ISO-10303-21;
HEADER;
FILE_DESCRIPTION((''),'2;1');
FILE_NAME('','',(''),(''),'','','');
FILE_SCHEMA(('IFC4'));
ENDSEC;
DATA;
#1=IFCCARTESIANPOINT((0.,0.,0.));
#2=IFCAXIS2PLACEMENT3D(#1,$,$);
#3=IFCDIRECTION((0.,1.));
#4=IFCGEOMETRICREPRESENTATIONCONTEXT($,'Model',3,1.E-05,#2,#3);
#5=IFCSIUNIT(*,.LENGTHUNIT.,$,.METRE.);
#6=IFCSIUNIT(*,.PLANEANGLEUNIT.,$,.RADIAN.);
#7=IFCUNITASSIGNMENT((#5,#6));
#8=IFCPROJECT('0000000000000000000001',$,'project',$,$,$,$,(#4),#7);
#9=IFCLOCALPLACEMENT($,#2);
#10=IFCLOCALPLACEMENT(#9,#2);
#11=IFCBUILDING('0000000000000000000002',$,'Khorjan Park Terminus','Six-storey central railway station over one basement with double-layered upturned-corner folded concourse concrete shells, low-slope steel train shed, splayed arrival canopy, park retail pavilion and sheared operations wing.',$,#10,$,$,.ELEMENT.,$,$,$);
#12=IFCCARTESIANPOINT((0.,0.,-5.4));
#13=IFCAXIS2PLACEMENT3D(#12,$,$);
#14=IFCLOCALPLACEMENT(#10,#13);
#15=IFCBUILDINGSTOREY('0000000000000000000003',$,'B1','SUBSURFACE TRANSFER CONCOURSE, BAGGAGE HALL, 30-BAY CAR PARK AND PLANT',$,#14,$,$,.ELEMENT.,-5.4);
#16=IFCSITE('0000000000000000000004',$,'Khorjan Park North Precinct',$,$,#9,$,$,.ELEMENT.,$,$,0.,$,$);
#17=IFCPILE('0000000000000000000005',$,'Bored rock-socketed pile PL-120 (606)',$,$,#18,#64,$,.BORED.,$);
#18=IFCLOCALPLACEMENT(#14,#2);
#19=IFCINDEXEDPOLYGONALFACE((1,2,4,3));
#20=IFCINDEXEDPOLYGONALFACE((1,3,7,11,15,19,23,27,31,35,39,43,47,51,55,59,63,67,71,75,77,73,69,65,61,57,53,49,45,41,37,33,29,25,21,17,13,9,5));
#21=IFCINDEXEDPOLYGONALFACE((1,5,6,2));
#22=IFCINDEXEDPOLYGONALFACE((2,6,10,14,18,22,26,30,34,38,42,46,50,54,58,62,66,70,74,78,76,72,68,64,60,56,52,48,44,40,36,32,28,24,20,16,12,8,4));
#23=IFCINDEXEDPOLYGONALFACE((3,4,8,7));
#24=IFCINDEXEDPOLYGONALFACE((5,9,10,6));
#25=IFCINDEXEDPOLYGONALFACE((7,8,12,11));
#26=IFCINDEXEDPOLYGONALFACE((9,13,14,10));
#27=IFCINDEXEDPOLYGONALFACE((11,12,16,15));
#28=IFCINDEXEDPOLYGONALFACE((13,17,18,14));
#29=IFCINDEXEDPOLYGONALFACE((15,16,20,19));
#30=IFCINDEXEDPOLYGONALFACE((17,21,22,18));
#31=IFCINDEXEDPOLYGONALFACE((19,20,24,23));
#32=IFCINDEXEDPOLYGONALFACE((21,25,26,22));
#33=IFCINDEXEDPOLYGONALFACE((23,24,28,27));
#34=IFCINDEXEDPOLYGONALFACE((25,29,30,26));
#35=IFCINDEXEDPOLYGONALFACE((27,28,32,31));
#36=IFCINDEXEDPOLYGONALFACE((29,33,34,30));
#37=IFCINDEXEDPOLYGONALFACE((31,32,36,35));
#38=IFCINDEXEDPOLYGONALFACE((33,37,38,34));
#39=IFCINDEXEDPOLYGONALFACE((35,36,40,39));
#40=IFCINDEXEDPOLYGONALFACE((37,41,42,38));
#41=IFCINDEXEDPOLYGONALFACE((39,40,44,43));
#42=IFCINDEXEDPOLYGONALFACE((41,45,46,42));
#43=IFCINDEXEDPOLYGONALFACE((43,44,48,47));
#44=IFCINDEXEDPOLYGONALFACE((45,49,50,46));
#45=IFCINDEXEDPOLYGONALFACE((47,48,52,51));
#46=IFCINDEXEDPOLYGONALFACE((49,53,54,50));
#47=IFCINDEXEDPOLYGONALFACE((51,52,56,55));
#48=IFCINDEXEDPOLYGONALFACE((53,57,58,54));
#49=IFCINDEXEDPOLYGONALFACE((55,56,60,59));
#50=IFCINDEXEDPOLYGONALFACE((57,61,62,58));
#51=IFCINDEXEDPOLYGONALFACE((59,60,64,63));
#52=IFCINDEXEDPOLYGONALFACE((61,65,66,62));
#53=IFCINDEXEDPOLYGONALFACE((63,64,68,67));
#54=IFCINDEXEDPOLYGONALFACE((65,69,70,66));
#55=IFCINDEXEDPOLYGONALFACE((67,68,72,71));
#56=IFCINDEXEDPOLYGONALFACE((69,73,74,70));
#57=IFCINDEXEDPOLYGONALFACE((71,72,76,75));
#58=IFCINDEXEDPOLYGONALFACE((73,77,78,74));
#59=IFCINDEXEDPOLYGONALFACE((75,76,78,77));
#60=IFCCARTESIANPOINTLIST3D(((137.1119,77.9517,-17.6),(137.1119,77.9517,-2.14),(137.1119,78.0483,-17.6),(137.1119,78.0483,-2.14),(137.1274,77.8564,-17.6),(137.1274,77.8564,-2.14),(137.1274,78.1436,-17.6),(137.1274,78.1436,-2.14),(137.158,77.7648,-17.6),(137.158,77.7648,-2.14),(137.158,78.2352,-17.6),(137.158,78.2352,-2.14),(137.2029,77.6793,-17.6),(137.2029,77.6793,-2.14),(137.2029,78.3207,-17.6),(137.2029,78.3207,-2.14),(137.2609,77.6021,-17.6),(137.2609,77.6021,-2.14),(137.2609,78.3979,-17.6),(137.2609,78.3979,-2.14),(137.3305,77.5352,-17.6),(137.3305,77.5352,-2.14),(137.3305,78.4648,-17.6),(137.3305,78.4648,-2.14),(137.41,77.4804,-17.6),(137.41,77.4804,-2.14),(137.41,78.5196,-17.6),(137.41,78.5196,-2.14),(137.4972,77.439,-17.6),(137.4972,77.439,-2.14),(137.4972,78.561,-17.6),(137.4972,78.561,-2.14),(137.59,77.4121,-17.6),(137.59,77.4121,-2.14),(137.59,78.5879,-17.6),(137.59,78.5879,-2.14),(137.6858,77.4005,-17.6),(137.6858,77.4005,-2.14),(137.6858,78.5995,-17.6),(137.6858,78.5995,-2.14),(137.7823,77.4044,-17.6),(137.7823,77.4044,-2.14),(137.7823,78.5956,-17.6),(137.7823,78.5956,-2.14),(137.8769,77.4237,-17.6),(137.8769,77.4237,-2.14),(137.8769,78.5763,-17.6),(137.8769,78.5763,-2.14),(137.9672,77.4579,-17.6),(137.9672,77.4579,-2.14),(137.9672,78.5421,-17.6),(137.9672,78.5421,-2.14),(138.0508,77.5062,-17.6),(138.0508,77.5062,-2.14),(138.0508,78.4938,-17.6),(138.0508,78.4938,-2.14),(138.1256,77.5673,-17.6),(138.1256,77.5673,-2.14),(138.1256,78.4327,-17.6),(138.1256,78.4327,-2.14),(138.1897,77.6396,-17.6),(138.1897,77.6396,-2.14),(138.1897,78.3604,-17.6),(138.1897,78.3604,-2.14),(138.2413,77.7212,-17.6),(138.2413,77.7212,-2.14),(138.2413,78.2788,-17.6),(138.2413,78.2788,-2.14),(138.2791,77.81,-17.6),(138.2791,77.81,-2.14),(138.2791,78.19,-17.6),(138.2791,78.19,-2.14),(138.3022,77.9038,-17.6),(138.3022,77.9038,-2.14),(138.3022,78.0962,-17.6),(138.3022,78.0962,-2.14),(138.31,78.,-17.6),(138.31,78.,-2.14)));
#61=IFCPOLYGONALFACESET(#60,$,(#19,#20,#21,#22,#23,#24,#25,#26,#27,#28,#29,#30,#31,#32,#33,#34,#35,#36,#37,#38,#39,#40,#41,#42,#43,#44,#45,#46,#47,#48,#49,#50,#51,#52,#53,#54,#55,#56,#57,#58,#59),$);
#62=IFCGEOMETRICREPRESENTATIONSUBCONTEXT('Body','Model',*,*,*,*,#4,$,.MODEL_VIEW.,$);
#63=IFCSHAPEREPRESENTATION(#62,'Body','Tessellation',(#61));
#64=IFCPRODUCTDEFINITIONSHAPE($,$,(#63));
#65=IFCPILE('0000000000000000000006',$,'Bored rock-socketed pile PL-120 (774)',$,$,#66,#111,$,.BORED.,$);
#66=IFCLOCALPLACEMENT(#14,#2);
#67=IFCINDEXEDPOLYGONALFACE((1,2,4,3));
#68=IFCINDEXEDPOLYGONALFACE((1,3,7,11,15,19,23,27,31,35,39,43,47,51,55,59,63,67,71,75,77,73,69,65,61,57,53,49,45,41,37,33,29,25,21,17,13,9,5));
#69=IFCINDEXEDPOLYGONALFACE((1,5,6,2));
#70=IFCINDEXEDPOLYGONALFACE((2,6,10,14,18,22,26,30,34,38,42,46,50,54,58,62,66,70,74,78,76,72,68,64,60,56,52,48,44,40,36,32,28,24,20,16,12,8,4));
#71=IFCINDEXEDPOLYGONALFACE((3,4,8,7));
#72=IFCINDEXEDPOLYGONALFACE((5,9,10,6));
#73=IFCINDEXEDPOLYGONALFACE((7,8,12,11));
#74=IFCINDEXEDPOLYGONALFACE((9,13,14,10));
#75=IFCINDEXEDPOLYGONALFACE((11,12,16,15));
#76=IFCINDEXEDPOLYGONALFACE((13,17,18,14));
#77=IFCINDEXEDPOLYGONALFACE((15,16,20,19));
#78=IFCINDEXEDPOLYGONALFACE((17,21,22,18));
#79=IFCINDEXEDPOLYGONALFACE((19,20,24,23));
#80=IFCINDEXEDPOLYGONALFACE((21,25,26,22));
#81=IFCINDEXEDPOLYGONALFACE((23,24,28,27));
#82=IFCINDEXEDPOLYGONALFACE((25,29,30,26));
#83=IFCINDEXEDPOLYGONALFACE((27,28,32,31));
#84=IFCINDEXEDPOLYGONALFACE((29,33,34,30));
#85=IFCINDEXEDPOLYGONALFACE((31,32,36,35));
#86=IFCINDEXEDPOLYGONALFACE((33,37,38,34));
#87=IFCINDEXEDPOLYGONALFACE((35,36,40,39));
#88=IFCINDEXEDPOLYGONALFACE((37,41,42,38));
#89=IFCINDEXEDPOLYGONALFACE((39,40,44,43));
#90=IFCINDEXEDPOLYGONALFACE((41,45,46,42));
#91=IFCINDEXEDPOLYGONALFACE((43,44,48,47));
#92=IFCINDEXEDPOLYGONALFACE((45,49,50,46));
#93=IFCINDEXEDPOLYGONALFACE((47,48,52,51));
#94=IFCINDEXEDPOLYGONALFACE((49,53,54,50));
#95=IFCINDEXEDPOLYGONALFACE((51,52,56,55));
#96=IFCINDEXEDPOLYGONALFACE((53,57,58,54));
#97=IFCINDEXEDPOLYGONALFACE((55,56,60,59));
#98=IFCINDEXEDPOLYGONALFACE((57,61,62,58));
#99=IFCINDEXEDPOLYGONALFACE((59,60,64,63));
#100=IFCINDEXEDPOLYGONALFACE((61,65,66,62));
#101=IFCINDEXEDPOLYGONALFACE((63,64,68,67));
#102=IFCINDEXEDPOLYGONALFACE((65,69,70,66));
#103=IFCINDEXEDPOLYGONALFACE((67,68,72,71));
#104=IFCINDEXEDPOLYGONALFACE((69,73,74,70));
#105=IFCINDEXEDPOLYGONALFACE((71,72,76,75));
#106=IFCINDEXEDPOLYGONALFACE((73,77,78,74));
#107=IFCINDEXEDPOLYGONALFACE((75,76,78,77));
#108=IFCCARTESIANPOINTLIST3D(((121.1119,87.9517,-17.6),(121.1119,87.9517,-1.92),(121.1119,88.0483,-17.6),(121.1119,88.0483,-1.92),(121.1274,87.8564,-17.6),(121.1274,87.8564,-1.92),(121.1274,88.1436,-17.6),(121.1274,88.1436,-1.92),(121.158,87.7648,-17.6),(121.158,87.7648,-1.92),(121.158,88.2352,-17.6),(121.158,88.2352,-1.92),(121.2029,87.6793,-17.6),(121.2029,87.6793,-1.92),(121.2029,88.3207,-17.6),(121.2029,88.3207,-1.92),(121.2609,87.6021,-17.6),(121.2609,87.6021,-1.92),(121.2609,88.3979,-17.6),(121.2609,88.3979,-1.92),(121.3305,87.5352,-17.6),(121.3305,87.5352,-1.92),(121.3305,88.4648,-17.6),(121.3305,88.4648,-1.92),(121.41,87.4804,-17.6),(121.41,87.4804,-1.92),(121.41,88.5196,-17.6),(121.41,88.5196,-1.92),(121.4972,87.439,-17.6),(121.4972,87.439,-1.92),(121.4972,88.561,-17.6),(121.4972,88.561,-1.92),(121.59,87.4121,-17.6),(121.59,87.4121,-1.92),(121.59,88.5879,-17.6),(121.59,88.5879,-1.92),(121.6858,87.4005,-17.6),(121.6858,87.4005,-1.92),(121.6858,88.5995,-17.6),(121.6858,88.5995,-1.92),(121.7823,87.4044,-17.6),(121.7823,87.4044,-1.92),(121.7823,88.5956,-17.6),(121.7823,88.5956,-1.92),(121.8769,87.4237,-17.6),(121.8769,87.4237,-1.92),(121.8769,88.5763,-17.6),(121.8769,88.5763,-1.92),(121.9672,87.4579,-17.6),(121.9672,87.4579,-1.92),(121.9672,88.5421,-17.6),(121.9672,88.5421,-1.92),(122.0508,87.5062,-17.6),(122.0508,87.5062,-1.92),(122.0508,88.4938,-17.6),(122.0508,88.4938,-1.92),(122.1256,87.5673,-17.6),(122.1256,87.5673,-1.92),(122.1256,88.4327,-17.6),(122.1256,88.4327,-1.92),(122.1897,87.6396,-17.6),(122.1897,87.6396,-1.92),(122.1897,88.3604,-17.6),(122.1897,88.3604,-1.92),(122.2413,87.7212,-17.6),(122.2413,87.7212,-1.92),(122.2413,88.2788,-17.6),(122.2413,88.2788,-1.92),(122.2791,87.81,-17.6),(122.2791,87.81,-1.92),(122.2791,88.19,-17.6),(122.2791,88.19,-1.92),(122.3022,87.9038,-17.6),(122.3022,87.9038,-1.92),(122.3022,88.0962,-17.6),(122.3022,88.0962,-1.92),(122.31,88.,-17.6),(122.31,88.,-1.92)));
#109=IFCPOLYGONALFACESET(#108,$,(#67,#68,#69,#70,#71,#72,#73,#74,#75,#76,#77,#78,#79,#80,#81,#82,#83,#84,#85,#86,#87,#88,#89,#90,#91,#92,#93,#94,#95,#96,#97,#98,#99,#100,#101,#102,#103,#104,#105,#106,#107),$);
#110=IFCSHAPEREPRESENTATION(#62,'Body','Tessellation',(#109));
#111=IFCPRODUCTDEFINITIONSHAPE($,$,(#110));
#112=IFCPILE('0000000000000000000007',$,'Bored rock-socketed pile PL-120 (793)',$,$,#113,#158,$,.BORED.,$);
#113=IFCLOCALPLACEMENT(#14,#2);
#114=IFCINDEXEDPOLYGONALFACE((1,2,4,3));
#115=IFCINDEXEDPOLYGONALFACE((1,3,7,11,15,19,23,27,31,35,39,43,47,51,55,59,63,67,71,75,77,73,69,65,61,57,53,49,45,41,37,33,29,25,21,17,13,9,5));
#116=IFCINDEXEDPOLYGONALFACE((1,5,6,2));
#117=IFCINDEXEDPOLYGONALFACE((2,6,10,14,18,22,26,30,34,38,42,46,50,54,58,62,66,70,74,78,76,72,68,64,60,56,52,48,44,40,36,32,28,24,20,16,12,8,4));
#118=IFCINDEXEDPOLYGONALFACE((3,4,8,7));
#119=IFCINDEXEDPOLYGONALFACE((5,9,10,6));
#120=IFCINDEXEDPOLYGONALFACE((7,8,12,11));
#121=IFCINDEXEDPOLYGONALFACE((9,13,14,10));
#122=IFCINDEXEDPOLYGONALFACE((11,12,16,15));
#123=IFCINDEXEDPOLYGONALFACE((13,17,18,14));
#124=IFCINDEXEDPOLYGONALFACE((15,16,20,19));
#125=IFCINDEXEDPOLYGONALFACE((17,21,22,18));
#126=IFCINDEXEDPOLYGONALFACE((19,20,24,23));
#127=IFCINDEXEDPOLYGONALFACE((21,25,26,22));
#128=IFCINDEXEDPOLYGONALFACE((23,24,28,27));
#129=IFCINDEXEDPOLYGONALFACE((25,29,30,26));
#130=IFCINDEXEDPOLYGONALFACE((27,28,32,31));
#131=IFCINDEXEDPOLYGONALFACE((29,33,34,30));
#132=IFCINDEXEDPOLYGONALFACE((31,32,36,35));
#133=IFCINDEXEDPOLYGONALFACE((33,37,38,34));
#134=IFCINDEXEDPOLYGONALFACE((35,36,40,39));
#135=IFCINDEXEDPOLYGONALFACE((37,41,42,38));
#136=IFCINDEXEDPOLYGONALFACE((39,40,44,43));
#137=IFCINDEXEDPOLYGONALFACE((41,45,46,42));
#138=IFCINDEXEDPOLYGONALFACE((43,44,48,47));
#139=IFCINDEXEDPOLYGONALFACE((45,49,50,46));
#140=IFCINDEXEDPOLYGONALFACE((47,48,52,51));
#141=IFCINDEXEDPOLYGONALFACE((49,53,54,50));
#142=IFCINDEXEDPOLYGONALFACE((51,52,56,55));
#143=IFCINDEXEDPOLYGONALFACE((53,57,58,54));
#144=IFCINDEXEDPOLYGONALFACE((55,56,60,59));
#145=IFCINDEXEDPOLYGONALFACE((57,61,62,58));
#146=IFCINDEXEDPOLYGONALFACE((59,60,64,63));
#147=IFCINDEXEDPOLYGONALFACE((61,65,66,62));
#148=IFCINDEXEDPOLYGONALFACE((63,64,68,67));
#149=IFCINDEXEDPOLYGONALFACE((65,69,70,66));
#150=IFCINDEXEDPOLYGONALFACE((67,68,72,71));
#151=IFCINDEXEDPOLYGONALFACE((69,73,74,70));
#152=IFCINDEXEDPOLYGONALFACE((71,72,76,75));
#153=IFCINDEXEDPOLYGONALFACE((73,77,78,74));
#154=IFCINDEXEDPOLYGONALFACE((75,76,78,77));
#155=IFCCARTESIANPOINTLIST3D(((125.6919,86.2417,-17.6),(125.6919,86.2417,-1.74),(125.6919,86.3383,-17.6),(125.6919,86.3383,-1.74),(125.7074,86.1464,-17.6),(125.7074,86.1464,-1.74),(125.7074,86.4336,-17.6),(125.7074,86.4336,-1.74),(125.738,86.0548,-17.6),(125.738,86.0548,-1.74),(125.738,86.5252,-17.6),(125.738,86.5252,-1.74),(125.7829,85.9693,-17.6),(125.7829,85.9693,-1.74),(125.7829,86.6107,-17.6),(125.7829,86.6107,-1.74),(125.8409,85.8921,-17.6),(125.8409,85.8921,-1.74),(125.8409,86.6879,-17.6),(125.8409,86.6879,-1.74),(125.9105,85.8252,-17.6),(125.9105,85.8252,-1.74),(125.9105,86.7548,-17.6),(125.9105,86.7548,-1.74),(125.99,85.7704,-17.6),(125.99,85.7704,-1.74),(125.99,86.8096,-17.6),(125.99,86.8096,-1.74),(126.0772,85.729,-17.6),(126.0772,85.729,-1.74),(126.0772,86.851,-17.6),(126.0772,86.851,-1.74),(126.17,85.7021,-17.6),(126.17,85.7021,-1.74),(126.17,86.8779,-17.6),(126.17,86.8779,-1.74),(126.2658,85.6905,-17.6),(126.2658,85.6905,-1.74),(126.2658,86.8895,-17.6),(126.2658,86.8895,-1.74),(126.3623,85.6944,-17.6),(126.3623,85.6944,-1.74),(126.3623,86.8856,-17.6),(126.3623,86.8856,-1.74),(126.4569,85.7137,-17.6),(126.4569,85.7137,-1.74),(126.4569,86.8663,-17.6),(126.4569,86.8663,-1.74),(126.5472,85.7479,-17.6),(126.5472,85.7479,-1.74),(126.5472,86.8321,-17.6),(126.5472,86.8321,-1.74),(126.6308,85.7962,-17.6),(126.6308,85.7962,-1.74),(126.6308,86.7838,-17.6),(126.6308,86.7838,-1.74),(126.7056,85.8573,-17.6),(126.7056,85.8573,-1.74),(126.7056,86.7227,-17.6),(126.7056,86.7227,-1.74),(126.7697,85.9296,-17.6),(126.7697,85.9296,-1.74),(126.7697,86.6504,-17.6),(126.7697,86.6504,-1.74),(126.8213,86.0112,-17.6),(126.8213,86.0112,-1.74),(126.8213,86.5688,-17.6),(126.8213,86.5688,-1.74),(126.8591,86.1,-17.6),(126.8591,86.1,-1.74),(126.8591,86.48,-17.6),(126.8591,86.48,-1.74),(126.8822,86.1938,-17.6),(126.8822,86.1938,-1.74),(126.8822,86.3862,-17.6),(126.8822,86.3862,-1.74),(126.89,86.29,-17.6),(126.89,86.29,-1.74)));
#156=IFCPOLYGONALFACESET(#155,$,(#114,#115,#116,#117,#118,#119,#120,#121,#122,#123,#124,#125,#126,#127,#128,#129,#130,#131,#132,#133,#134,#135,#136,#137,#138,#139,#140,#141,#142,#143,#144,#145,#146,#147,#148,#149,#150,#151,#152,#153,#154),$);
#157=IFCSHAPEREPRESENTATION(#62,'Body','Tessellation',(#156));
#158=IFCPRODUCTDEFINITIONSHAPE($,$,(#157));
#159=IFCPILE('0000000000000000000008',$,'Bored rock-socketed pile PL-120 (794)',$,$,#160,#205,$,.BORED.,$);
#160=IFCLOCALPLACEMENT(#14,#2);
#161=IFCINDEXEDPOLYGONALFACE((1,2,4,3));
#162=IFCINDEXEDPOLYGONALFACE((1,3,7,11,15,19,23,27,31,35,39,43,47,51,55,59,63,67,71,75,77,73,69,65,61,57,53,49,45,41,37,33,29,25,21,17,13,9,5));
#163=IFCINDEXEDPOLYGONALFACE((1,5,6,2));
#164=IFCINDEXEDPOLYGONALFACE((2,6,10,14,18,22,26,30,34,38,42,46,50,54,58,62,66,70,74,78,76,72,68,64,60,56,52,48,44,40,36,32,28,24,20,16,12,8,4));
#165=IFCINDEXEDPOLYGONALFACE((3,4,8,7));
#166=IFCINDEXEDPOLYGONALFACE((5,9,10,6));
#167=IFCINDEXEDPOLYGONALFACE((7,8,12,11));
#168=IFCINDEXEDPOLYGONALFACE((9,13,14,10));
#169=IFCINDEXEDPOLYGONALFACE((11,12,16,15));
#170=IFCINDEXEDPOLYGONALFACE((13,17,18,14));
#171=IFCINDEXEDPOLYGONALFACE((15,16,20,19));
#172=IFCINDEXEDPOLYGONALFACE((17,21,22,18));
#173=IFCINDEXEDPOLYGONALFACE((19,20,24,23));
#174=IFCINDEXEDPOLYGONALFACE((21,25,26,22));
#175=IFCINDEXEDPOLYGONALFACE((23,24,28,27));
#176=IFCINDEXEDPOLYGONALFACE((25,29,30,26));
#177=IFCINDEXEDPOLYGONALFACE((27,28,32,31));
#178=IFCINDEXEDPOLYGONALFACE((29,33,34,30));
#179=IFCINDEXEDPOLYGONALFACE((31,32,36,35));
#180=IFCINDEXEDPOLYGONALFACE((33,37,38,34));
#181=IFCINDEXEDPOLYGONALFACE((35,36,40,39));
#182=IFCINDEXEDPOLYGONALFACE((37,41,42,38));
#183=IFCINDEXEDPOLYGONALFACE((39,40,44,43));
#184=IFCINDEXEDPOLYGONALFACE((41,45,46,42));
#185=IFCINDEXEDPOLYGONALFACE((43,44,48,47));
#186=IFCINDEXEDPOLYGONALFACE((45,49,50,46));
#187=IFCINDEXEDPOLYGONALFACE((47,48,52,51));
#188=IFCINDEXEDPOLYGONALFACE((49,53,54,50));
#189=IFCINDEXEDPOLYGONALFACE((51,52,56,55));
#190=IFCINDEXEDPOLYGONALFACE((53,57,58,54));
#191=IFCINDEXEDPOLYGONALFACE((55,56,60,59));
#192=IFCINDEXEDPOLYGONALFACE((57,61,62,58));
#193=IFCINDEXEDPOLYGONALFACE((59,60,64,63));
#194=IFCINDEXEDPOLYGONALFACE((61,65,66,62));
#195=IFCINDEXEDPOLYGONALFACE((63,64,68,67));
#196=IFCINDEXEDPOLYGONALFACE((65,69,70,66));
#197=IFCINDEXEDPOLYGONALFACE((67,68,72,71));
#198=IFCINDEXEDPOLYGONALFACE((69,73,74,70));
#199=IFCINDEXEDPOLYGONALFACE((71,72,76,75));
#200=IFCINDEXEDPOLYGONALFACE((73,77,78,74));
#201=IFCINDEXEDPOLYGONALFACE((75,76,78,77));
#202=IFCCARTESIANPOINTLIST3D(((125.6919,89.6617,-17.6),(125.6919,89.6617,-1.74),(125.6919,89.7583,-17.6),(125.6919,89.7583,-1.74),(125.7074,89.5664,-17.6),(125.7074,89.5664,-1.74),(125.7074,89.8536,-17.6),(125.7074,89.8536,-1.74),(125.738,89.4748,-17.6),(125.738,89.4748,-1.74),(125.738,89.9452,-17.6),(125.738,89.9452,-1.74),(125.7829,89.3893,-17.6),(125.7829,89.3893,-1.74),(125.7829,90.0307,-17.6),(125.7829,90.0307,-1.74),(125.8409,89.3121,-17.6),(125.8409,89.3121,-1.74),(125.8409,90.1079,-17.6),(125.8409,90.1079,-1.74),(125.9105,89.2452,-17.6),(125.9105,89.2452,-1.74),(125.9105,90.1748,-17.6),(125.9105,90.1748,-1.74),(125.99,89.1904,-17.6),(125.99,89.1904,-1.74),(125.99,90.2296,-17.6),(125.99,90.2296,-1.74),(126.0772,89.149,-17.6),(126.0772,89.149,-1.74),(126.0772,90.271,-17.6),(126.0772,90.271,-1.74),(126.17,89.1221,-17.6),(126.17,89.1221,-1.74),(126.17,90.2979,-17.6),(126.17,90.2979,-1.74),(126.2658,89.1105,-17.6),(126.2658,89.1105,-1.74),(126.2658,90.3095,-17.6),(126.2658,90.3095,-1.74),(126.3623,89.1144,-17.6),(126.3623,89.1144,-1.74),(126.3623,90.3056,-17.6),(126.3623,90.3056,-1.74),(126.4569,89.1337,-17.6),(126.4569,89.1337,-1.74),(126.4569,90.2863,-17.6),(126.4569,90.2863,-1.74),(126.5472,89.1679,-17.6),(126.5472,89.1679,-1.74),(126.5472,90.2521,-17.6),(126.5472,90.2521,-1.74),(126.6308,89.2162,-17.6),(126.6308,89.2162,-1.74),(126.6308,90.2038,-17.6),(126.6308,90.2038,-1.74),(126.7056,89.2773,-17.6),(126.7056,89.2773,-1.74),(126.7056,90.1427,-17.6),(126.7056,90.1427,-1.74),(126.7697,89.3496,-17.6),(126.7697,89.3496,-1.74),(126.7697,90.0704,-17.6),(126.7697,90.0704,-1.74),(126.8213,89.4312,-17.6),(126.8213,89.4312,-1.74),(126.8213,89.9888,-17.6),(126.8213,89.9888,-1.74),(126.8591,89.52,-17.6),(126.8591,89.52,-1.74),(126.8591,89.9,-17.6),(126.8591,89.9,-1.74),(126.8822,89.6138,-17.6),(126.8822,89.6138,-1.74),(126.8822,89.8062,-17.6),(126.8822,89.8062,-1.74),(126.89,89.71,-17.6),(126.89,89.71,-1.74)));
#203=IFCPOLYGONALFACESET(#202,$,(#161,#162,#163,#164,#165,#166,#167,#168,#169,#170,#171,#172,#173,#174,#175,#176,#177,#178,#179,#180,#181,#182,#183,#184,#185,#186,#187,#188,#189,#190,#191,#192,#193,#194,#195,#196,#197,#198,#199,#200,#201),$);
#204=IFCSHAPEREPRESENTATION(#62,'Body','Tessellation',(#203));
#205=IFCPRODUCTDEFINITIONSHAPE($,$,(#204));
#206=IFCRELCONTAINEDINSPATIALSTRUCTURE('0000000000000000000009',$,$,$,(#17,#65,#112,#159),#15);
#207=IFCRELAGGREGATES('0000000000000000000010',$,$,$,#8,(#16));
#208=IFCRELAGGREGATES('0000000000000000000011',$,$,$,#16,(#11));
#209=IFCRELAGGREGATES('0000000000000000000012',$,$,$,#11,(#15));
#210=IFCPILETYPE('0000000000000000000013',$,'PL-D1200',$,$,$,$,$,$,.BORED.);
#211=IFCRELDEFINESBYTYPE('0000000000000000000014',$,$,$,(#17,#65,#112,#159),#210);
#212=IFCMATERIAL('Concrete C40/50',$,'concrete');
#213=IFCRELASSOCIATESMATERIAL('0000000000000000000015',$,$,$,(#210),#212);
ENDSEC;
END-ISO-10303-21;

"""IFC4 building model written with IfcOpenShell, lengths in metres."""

from ifc_helpers import new_model, si_unit, direction, frame, origin, origin_2d, place, context, subcontext, project, spatial, circle, extrude, material, material_profile, profile_set, type_object, element, save


model = new_model("IFC4")

# Units and contexts
model_context = context("Model", 3, precision=1e-05, world=origin(), true_north=direction((0.0, 1.0)))
body_context = subcontext(model_context, "Body", "Model", "MODEL_VIEW")
ifc_project = project(units=[si_unit("LENGTHUNIT", "METRE"), si_unit("PLANEANGLEUNIT", "RADIAN")], contexts=[model_context])

# Site, building, storey
site_placement = place(None, origin())
site = spatial("IfcSite", under=ifc_project, at=site_placement, Name="Khorjan Park North Precinct", CompositionType="ELEMENT", RefElevation=0.0)
building_placement = place(site_placement, origin())
building = spatial("IfcBuilding", under=site, at=building_placement, Name="Khorjan Park Terminus", Description="Six-storey central railway station over one basement with double-layered upturned-corner folded concourse concrete shells, low-slope steel train shed, splayed arrival canopy, park retail pavilion and sheared operations wing.", CompositionType="ELEMENT")
storey_placement = place(building_placement, frame((0.0, 0.0, -5.4)))
storey = spatial("IfcBuildingStorey", under=building, at=storey_placement, Name="B1", Description="SUBSURFACE TRANSFER CONCOURSE, BAGGAGE HALL, 30-BAY CAR PARK AND PLANT", CompositionType="ELEMENT", Elevation=-5.4)

# Shared definitions
ifc_material_1 = material(Name="Concrete C40/50", Category="concrete")

# Piles
ifc_material_profile_1 = material_profile(ifc_material_1, circle(Radius=0.6, at=origin_2d()), Name="BORED D1200")
ifc_profile_set_1 = profile_set([ifc_material_profile_1], Name="Concrete C40/50")
pile_type_1 = type_object("IfcPileType", Name="PL-D1200", PredefinedType="BORED", material=ifc_profile_set_1)
for number, where, z_axis, x_axis, name in (
    (1, (137.71, 78.0, -2.14), (0.0, 0.0, -1.0), (1.0, 0.0, 0.0), "Bored rock-socketed pile PL-120 (606)"),
):
    element("IfcPile", number, at=place(storey_placement, frame(where, z_axis=z_axis, x_axis=x_axis)), inside=storey, type_object=pile_type_1, Name=name, PredefinedType="BORED", context=body_context, shape_type="SweptSolid", body=[
        extrude(circle(Radius=0.6, at=origin_2d()), origin(), (0.0, 0.0, 1.0), 15.46),
    ])
pile_placement = place(storey_placement, frame((121.71, 88.0, -1.92), z_axis=(0.0, 0.0, -1.0), x_axis=(1.0, 0.0, 0.0)))
element("IfcPile", 2, at=pile_placement, inside=storey, type_object=pile_type_1, Name="Bored rock-socketed pile PL-120 (774)", PredefinedType="BORED", context=body_context, shape_type="SweptSolid", body=[
    extrude(circle(Radius=0.6, at=origin_2d()), origin(), (0.0, 0.0, 1.0), 15.68),
])
for number, where, z_axis, x_axis, name in (
    (3, (126.29, 86.29, -1.74), (0.0, 0.0, -1.0), (1.0, 0.0, 0.0), "Bored rock-socketed pile PL-120 (793)"),
    (4, (126.29, 89.71, -1.74), (0.0, 0.0, -1.0), (1.0, 0.0, 0.0), "Bored rock-socketed pile PL-120 (794)"),
):
    element("IfcPile", number, at=place(storey_placement, frame(where, z_axis=z_axis, x_axis=x_axis)), inside=storey, type_object=pile_type_1, Name=name, PredefinedType="BORED", context=body_context, shape_type="SweptSolid", body=[
        extrude(circle(Radius=0.6, at=origin_2d()), origin(), (0.0, 0.0, 1.0), 15.86),
    ])

save(model, "model.ifc")
